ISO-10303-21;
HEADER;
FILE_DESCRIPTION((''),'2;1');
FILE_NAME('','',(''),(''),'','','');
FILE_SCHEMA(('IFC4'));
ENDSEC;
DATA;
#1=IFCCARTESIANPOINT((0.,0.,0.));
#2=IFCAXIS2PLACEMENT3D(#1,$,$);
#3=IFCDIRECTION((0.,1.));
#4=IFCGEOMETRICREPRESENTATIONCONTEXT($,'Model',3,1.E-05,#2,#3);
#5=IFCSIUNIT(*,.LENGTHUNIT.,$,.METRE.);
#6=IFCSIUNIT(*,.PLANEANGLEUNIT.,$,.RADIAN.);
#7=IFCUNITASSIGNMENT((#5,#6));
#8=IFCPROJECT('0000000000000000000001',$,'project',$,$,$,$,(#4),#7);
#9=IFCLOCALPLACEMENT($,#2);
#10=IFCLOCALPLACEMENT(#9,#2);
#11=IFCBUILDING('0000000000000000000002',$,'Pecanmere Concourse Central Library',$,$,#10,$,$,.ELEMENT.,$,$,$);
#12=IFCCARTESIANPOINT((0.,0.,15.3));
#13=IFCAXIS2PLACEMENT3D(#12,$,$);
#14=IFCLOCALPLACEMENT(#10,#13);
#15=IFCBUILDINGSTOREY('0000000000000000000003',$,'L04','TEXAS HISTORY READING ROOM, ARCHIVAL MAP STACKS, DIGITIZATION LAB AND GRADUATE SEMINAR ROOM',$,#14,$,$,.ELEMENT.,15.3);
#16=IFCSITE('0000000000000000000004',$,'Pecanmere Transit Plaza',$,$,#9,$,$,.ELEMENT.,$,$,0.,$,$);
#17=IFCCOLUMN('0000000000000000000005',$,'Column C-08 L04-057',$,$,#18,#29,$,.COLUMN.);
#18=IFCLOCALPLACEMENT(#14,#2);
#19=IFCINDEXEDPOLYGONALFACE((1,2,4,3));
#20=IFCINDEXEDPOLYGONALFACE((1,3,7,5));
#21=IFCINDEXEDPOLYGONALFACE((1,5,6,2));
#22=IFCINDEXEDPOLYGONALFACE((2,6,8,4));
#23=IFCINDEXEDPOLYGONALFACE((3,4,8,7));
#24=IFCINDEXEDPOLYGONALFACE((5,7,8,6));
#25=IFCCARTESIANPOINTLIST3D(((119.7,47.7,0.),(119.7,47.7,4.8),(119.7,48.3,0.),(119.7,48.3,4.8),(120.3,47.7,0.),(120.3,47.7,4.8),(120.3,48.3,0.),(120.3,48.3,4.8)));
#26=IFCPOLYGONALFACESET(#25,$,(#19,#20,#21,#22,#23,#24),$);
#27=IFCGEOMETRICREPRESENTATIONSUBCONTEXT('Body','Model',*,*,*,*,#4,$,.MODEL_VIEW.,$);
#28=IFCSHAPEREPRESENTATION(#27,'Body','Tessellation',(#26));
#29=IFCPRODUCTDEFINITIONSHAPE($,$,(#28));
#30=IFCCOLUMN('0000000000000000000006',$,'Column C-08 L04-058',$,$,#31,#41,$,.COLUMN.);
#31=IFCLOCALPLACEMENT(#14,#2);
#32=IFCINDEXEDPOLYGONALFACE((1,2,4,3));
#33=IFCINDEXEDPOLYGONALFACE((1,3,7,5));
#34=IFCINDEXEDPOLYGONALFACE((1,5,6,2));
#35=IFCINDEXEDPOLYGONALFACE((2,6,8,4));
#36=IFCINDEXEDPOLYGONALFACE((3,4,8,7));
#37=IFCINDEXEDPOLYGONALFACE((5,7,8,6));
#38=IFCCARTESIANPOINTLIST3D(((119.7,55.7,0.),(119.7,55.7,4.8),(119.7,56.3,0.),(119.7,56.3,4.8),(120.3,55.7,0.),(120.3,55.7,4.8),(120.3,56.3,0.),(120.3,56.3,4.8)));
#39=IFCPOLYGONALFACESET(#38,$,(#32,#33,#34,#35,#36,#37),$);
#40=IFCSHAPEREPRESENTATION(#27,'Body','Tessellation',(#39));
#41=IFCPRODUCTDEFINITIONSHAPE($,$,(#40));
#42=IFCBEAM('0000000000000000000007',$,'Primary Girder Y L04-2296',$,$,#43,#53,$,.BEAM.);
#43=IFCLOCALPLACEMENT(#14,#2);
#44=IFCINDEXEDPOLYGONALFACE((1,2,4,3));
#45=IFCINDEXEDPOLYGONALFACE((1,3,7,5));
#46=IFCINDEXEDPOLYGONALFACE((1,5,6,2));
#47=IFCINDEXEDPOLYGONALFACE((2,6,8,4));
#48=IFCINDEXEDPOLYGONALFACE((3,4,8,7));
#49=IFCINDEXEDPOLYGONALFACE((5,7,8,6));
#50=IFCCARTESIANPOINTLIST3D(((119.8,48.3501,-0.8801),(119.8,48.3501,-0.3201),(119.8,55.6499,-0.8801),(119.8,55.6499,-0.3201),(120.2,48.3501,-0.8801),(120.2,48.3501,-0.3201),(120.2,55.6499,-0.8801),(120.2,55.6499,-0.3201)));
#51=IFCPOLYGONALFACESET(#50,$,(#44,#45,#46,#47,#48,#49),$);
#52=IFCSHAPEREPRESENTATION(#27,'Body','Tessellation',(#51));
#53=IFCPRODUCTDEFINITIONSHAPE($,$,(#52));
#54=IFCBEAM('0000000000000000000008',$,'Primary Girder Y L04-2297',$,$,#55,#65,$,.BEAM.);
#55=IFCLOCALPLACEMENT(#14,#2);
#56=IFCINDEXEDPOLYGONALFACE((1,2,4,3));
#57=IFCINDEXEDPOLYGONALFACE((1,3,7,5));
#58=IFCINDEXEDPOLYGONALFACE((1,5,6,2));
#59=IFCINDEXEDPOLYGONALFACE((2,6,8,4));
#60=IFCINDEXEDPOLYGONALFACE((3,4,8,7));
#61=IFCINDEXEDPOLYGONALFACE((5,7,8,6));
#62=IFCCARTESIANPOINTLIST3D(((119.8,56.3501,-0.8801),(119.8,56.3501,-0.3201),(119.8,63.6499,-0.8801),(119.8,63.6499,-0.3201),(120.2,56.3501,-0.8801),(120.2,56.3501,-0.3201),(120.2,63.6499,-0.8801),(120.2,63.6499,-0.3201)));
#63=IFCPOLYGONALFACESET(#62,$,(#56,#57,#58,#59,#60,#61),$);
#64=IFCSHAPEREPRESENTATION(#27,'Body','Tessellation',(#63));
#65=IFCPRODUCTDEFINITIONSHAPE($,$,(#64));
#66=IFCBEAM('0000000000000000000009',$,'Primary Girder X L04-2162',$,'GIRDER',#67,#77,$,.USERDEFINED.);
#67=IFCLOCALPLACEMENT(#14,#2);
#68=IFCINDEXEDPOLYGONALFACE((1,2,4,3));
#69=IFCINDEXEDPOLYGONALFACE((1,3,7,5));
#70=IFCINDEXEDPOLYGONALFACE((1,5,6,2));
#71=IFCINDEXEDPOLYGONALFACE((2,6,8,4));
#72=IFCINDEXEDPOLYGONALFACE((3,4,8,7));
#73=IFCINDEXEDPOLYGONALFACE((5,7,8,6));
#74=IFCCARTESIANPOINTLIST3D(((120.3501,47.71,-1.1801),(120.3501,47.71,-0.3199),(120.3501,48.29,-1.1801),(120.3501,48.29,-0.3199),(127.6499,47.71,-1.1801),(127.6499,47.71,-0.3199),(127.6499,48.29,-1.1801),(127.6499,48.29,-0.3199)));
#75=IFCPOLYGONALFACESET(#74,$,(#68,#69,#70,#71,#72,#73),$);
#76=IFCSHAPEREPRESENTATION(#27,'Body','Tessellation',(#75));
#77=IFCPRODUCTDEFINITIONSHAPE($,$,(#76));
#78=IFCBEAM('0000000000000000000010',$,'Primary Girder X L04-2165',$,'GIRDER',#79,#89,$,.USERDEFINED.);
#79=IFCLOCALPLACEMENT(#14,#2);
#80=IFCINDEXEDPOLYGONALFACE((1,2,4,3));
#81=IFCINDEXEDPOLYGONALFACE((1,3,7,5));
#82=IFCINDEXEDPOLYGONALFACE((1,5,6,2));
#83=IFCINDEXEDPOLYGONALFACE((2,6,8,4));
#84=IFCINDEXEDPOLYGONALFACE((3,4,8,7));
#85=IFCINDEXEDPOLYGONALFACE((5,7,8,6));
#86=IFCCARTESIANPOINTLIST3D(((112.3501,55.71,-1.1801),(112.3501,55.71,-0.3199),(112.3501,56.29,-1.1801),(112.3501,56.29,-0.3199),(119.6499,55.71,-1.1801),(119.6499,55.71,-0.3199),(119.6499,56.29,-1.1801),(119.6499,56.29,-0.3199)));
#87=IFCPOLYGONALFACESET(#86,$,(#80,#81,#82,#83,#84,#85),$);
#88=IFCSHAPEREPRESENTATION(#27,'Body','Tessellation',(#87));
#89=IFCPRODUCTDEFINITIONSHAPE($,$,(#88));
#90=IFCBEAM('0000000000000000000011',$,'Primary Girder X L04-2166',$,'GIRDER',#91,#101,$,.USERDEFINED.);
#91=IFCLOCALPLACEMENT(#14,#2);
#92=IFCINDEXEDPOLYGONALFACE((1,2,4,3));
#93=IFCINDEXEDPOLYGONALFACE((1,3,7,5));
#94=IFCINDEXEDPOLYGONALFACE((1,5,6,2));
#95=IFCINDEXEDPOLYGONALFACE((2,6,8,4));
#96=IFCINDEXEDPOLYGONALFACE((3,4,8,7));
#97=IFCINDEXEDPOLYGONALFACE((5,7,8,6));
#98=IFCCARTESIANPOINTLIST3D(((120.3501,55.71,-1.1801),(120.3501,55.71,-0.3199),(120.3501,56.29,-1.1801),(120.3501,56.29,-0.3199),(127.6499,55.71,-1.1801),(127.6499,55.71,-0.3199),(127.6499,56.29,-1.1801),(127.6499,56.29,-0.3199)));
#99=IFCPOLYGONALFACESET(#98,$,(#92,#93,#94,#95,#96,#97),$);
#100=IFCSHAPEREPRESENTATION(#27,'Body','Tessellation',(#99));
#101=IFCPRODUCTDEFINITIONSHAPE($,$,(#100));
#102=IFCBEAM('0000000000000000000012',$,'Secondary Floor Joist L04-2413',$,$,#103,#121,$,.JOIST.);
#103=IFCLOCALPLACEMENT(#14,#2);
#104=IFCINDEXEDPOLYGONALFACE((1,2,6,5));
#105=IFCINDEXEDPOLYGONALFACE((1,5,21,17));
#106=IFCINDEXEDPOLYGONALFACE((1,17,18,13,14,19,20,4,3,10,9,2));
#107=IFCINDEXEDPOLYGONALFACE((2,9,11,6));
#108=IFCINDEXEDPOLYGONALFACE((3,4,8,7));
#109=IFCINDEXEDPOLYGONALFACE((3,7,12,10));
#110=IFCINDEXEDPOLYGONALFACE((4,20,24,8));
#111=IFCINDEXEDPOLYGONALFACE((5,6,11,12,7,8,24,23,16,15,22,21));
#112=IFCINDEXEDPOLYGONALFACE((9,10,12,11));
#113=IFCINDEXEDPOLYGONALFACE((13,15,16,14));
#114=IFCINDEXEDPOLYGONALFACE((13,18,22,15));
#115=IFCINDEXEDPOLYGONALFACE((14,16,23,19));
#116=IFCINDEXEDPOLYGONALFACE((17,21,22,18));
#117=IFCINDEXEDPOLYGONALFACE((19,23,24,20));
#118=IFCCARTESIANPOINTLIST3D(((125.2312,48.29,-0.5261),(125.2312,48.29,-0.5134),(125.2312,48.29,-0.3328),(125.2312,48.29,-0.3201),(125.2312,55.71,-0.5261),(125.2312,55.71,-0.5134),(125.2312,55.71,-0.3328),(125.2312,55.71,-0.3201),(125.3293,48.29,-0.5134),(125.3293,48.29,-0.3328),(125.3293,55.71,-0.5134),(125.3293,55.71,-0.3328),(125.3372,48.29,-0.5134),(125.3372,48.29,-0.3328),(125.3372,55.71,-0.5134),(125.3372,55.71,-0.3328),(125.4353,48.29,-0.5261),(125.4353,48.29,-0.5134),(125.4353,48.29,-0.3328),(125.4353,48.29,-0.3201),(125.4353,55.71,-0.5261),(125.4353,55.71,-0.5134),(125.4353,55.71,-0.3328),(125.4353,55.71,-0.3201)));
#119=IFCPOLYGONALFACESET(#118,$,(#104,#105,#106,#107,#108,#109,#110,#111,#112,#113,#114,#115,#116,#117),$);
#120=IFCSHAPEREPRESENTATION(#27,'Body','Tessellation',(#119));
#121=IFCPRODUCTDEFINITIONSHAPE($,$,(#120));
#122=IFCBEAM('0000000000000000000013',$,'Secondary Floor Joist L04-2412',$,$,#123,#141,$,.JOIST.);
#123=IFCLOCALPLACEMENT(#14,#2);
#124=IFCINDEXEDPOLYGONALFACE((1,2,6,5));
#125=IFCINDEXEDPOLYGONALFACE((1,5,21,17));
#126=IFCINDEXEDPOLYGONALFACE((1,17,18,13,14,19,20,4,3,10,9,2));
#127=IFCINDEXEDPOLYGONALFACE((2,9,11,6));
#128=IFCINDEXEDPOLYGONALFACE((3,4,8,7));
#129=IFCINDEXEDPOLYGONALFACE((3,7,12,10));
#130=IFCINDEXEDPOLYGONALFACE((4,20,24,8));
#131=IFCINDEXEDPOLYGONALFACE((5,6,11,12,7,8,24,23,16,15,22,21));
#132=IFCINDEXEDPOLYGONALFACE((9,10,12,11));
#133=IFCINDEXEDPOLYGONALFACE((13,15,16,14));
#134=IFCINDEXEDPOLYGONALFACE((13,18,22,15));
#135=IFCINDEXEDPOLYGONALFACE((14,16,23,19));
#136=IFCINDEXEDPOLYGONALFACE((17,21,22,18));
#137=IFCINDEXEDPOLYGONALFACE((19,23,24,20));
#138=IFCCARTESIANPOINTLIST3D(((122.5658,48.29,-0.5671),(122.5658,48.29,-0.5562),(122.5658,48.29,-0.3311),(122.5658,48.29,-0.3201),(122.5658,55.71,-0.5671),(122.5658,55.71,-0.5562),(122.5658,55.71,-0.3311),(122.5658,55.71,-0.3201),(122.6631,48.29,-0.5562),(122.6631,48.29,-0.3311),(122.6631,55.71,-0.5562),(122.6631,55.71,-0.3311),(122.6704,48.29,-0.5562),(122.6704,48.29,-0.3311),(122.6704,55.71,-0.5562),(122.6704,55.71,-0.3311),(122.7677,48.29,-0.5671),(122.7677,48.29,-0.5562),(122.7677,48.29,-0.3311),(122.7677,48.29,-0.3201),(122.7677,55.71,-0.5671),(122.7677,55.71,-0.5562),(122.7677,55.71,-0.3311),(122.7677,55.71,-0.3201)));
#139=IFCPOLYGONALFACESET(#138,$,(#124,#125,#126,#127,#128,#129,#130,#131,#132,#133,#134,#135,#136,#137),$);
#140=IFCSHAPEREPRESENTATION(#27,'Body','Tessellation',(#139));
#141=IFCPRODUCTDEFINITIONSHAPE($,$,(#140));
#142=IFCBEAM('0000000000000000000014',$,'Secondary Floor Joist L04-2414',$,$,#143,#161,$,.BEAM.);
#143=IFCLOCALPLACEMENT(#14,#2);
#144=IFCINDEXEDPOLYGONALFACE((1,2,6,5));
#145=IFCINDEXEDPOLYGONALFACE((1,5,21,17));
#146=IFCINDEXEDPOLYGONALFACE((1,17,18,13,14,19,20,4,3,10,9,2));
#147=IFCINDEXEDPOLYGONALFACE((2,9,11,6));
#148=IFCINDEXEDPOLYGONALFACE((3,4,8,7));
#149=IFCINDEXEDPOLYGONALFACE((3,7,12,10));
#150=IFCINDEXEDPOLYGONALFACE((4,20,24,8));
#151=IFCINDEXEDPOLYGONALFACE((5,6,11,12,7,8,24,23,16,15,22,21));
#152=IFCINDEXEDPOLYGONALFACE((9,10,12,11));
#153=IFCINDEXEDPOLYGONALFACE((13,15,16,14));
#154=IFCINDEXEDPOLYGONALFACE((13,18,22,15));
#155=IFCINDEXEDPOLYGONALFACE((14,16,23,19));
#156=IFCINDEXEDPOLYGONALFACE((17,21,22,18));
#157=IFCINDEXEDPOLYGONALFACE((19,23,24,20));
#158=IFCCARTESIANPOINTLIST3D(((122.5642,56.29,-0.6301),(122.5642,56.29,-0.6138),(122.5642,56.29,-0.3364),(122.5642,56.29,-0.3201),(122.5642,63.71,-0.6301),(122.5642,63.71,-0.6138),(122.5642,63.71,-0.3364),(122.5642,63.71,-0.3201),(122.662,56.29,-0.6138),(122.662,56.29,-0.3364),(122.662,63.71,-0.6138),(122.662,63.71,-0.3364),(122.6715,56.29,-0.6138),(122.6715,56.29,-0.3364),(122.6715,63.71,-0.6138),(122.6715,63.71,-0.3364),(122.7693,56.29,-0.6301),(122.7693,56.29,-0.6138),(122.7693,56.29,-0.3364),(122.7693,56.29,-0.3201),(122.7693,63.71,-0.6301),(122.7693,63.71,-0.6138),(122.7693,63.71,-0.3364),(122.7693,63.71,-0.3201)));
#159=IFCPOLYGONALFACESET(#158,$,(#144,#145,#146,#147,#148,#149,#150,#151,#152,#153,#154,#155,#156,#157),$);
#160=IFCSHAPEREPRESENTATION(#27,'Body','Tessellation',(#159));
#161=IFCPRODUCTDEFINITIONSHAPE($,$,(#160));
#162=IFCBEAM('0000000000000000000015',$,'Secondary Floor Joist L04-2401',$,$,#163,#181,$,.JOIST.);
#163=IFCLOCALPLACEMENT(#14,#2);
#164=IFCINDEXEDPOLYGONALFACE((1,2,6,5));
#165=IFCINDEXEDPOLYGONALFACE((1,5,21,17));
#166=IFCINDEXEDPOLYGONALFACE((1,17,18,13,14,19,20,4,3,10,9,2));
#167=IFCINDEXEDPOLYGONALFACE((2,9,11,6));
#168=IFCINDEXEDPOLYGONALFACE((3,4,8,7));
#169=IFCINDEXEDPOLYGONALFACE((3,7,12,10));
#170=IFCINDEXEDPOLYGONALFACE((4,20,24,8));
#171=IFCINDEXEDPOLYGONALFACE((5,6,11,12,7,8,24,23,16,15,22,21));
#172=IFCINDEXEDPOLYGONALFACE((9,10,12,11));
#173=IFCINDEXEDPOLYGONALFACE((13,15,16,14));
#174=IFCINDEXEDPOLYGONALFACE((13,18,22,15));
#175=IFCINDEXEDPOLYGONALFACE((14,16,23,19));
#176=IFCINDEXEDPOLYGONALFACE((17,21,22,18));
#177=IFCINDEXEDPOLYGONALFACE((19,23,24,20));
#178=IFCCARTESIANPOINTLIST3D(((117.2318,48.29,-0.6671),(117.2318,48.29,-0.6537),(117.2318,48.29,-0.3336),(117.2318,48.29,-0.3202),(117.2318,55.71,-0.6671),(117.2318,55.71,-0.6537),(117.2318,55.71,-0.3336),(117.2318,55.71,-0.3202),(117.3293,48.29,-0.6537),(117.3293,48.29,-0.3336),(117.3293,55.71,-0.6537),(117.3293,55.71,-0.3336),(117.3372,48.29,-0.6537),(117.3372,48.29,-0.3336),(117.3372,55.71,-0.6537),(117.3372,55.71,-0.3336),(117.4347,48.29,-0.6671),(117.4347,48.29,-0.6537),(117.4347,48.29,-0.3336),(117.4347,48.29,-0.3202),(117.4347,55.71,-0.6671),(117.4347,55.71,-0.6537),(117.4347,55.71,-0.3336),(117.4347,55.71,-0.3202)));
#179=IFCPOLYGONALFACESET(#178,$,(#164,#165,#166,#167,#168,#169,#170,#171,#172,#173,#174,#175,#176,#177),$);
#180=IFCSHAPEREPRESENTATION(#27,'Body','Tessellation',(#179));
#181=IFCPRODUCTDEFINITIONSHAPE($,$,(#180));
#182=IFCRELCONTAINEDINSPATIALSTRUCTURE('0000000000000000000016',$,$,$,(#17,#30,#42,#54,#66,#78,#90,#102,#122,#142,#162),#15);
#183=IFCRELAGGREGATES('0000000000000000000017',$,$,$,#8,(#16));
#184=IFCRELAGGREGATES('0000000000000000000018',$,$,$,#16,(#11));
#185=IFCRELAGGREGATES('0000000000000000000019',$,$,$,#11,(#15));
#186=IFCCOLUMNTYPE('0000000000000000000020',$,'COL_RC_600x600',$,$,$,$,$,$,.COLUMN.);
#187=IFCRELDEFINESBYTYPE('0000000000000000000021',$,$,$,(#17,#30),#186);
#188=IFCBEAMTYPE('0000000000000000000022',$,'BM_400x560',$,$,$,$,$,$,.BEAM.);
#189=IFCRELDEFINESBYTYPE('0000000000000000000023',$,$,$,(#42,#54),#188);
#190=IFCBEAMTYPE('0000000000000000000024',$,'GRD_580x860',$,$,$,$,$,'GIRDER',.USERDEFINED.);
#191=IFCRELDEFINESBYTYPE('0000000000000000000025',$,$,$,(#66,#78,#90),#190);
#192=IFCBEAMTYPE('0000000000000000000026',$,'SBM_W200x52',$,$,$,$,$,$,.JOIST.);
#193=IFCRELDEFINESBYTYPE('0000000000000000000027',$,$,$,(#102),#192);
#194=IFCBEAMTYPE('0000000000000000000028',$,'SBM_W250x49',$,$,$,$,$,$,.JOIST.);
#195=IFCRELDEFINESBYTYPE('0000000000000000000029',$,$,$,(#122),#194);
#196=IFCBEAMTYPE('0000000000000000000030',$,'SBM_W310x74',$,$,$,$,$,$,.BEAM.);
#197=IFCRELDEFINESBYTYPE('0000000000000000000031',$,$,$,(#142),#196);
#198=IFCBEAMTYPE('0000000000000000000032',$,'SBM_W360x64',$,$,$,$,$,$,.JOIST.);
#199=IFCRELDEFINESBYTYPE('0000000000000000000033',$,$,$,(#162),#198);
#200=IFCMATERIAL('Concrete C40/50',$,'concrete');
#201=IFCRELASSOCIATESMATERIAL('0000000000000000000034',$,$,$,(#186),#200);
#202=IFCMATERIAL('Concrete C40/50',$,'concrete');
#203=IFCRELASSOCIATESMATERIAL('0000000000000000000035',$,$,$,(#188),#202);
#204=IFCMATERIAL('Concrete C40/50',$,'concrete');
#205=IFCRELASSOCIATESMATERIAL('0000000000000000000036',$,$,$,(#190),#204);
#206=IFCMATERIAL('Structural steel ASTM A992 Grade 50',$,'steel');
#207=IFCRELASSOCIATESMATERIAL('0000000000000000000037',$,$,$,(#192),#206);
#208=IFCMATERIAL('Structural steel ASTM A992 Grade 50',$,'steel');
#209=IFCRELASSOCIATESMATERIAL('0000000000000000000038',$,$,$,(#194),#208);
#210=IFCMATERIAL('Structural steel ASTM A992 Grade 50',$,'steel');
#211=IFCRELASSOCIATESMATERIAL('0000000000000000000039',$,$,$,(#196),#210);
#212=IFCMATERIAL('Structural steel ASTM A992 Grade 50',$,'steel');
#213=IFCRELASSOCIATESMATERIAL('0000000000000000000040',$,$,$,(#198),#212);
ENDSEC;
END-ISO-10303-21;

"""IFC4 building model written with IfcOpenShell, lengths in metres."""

from ifc_helpers import new_model, si_unit, direction, frame, origin, origin_2d, place, context, subcontext, project, spatial, rectangle, i_section, extrude, material, material_profile, profile_set, type_object, element, save


model = new_model("IFC4")

# Units and contexts
model_context = context("Model", 3, precision=1e-05, world=origin(), true_north=direction((0.0, 1.0)))
body_context = subcontext(model_context, "Body", "Model", "MODEL_VIEW")
ifc_project = project(units=[si_unit("LENGTHUNIT", "METRE"), si_unit("PLANEANGLEUNIT", "RADIAN")], contexts=[model_context])

# Site, building, storey
site_placement = place(None, origin())
site = spatial("IfcSite", under=ifc_project, at=site_placement, Name="Pecanmere Transit Plaza", CompositionType="ELEMENT", RefElevation=0.0)
building_placement = place(site_placement, origin())
building = spatial("IfcBuilding", under=site, at=building_placement, Name="Pecanmere Concourse Central Library", CompositionType="ELEMENT")
storey_placement = place(building_placement, frame((0.0, 0.0, 15.3)))
storey = spatial("IfcBuildingStorey", under=building, at=storey_placement, Name="L04", Description="TEXAS HISTORY READING ROOM, ARCHIVAL MAP STACKS, DIGITIZATION LAB AND GRADUATE SEMINAR ROOM", CompositionType="ELEMENT", Elevation=15.3)

# Columns
ifc_material_1 = material(Name="Concrete C40/50", Category="concrete")
ifc_material_profile_1 = material_profile(ifc_material_1, rectangle(XDim=0.6001, YDim=0.6001, at=origin_2d()), Name="RC 600x600")
ifc_profile_set_1 = profile_set([ifc_material_profile_1], Name="Concrete C40/50")
column_type = type_object("IfcColumnType", Name="COL_RC_600x600", PredefinedType="COLUMN", material=ifc_profile_set_1)
for number, where, z_axis, x_axis, name in (
    (1, (120.0, 48.0, 0.0), (0.0, 0.0, 1.0), (1.0, 0.0, 0.0), "Column C-08 L04-057"),
    (2, (120.0, 56.0, 0.0), (0.0, 0.0, 1.0), (1.0, 0.0, 0.0), "Column C-08 L04-058"),
):
    element("IfcColumn", number, at=place(storey_placement, frame(where, z_axis=z_axis, x_axis=x_axis)), inside=storey, type_object=column_type, Name=name, PredefinedType="COLUMN", context=body_context, shape_type="SweptSolid", body=[
        extrude(rectangle(XDim=0.6001, YDim=0.6001, at=origin_2d()), origin(), (0.0, 0.0, 1.0), 4.8),
    ])

# Beams
ifc_material_2 = material(Name="Concrete C40/50", Category="concrete")
ifc_material_profile_2 = material_profile(ifc_material_2, rectangle(XDim=0.3999, YDim=0.5601, at=origin_2d()), Name="RC 400x560")
ifc_profile_set_2 = profile_set([ifc_material_profile_2], Name="Concrete C40/50")
beam_type_1 = type_object("IfcBeamType", Name="BM_400x560", PredefinedType="BEAM", material=ifc_profile_set_2)
for number, where, z_axis, x_axis, name in (
    (3, (120.0, 48.3501, -0.6001), (0.0, 1.0, 0.0), (-1.0, 0.0, 0.0), "Primary Girder Y L04-2296"),
    (4, (120.0, 56.3501, -0.6001), (0.0, 1.0, 0.0), (-1.0, 0.0, 0.0), "Primary Girder Y L04-2297"),
):
    element("IfcBeam", number, at=place(storey_placement, frame(where, z_axis=z_axis, x_axis=x_axis)), inside=storey, type_object=beam_type_1, Name=name, PredefinedType="BEAM", context=body_context, shape_type="SweptSolid", body=[
        extrude(rectangle(XDim=0.3999, YDim=0.5601, at=origin_2d()), origin(), (0.0, 0.0, 1.0), 7.2998),
    ])
ifc_material_3 = material(Name="Concrete C40/50", Category="concrete")
ifc_material_profile_3 = material_profile(ifc_material_3, rectangle(XDim=0.5801, YDim=0.8601, at=origin_2d()), Name="RC 580x860")
ifc_profile_set_3 = profile_set([ifc_material_profile_3], Name="Concrete C40/50")
beam_type_2 = type_object("IfcBeamType", Name="GRD_580x860", ElementType="GIRDER", PredefinedType="USERDEFINED", material=ifc_profile_set_3)
for number, where, z_axis, x_axis, name in (
    (5, (120.3501, 48.0, -0.75), (1.0, 0.0, 0.0), (0.0, 1.0, 0.0), "Primary Girder X L04-2162"),
    (6, (112.3501, 56.0, -0.75), (1.0, 0.0, 0.0), (0.0, 1.0, 0.0), "Primary Girder X L04-2165"),
    (7, (120.3501, 56.0, -0.75), (1.0, 0.0, 0.0), (0.0, 1.0, 0.0), "Primary Girder X L04-2166"),
):
    element("IfcBeam", number, at=place(storey_placement, frame(where, z_axis=z_axis, x_axis=x_axis)), inside=storey, type_object=beam_type_2, Name=name, ObjectType="GIRDER", PredefinedType="USERDEFINED", context=body_context, shape_type="SweptSolid", body=[
        extrude(rectangle(XDim=0.5801, YDim=0.8601, at=origin_2d()), origin(), (0.0, 0.0, 1.0), 7.2998),
    ])
ifc_material_4 = material(Name="Structural steel ASTM A992 Grade 50", Category="steel")
ifc_material_profile_4 = material_profile(ifc_material_4, i_section(OverallWidth=0.2041, OverallDepth=0.2061, WebThickness=0.0078, FlangeThickness=0.0127, at=origin_2d()), Name="W200x52")
ifc_profile_set_4 = profile_set([ifc_material_profile_4], Name="Structural steel ASTM A992 Grade 50")
beam_type_3 = type_object("IfcBeamType", Name="SBM_W200x52", PredefinedType="JOIST", material=ifc_profile_set_4)
beam_1_placement = place(storey_placement, frame((125.3333, 48.29, -0.4231), z_axis=(0.0, 1.0, 0.0), x_axis=(-1.0, 0.0, 0.0)))
element("IfcBeam", 8, at=beam_1_placement, inside=storey, type_object=beam_type_3, Name="Secondary Floor Joist L04-2413", PredefinedType="JOIST", context=body_context, shape_type="SweptSolid", body=[
    extrude(i_section(OverallWidth=0.2041, OverallDepth=0.2061, WebThickness=0.0078, FlangeThickness=0.0127, at=origin_2d()), origin(), (0.0, 0.0, 1.0), 7.4199),
])
ifc_material_5 = material(Name="Structural steel ASTM A992 Grade 50", Category="steel")
ifc_material_profile_5 = material_profile(ifc_material_5, i_section(OverallWidth=0.2019, OverallDepth=0.2471, WebThickness=0.0073, FlangeThickness=0.011, at=origin_2d()), Name="W250x49.1")
ifc_profile_set_5 = profile_set([ifc_material_profile_5], Name="Structural steel ASTM A992 Grade 50")
beam_type_4 = type_object("IfcBeamType", Name="SBM_W250x49", PredefinedType="JOIST", material=ifc_profile_set_5)
beam_2_placement = place(storey_placement, frame((122.6667, 48.29, -0.4436), z_axis=(0.0, 1.0, 0.0), x_axis=(-1.0, 0.0, 0.0)))
element("IfcBeam", 9, at=beam_2_placement, inside=storey, type_object=beam_type_4, Name="Secondary Floor Joist L04-2412", PredefinedType="JOIST", context=body_context, shape_type="SweptSolid", body=[
    extrude(i_section(OverallWidth=0.2019, OverallDepth=0.2471, WebThickness=0.0073, FlangeThickness=0.011, at=origin_2d()), origin(), (0.0, 0.0, 1.0), 7.4199),
])
ifc_material_6 = material(Name="Structural steel ASTM A992 Grade 50", Category="steel")
ifc_material_profile_6 = material_profile(ifc_material_6, i_section(OverallWidth=0.2051, OverallDepth=0.3101, WebThickness=0.0095, FlangeThickness=0.0164, at=origin_2d()), Name="W310x74")
ifc_profile_set_6 = profile_set([ifc_material_profile_6], Name="Structural steel ASTM A992 Grade 50")
beam_type_5 = type_object("IfcBeamType", Name="SBM_W310x74", PredefinedType="BEAM", material=ifc_profile_set_6)
beam_3_placement = place(storey_placement, frame((122.6667, 56.29, -0.4751), z_axis=(0.0, 1.0, 0.0), x_axis=(-1.0, 0.0, 0.0)))
element("IfcBeam", 10, at=beam_3_placement, inside=storey, type_object=beam_type_5, Name="Secondary Floor Joist L04-2414", PredefinedType="BEAM", context=body_context, shape_type="SweptSolid", body=[
    extrude(i_section(OverallWidth=0.2051, OverallDepth=0.3101, WebThickness=0.0095, FlangeThickness=0.0164, at=origin_2d()), origin(), (0.0, 0.0, 1.0), 7.4199),
])
ifc_material_7 = material(Name="Structural steel ASTM A992 Grade 50", Category="steel")
ifc_material_profile_7 = material_profile(ifc_material_7, i_section(OverallWidth=0.2029, OverallDepth=0.3469, WebThickness=0.0078, FlangeThickness=0.0134, at=origin_2d()), Name="W360x64")
ifc_profile_set_7 = profile_set([ifc_material_profile_7], Name="Structural steel ASTM A992 Grade 50")
beam_type_6 = type_object("IfcBeamType", Name="SBM_W360x64", PredefinedType="JOIST", material=ifc_profile_set_7)
beam_4_placement = place(storey_placement, frame((117.3333, 48.29, -0.4937), z_axis=(0.0, 1.0, 0.0), x_axis=(-1.0, 0.0, 0.0)))
element("IfcBeam", 11, at=beam_4_placement, inside=storey, type_object=beam_type_6, Name="Secondary Floor Joist L04-2401", PredefinedType="JOIST", context=body_context, shape_type="SweptSolid", body=[
    extrude(i_section(OverallWidth=0.2029, OverallDepth=0.3469, WebThickness=0.0078, FlangeThickness=0.0134, at=origin_2d()), origin(), (0.0, 0.0, 1.0), 7.4199),
])

save(model, "model.ifc")
